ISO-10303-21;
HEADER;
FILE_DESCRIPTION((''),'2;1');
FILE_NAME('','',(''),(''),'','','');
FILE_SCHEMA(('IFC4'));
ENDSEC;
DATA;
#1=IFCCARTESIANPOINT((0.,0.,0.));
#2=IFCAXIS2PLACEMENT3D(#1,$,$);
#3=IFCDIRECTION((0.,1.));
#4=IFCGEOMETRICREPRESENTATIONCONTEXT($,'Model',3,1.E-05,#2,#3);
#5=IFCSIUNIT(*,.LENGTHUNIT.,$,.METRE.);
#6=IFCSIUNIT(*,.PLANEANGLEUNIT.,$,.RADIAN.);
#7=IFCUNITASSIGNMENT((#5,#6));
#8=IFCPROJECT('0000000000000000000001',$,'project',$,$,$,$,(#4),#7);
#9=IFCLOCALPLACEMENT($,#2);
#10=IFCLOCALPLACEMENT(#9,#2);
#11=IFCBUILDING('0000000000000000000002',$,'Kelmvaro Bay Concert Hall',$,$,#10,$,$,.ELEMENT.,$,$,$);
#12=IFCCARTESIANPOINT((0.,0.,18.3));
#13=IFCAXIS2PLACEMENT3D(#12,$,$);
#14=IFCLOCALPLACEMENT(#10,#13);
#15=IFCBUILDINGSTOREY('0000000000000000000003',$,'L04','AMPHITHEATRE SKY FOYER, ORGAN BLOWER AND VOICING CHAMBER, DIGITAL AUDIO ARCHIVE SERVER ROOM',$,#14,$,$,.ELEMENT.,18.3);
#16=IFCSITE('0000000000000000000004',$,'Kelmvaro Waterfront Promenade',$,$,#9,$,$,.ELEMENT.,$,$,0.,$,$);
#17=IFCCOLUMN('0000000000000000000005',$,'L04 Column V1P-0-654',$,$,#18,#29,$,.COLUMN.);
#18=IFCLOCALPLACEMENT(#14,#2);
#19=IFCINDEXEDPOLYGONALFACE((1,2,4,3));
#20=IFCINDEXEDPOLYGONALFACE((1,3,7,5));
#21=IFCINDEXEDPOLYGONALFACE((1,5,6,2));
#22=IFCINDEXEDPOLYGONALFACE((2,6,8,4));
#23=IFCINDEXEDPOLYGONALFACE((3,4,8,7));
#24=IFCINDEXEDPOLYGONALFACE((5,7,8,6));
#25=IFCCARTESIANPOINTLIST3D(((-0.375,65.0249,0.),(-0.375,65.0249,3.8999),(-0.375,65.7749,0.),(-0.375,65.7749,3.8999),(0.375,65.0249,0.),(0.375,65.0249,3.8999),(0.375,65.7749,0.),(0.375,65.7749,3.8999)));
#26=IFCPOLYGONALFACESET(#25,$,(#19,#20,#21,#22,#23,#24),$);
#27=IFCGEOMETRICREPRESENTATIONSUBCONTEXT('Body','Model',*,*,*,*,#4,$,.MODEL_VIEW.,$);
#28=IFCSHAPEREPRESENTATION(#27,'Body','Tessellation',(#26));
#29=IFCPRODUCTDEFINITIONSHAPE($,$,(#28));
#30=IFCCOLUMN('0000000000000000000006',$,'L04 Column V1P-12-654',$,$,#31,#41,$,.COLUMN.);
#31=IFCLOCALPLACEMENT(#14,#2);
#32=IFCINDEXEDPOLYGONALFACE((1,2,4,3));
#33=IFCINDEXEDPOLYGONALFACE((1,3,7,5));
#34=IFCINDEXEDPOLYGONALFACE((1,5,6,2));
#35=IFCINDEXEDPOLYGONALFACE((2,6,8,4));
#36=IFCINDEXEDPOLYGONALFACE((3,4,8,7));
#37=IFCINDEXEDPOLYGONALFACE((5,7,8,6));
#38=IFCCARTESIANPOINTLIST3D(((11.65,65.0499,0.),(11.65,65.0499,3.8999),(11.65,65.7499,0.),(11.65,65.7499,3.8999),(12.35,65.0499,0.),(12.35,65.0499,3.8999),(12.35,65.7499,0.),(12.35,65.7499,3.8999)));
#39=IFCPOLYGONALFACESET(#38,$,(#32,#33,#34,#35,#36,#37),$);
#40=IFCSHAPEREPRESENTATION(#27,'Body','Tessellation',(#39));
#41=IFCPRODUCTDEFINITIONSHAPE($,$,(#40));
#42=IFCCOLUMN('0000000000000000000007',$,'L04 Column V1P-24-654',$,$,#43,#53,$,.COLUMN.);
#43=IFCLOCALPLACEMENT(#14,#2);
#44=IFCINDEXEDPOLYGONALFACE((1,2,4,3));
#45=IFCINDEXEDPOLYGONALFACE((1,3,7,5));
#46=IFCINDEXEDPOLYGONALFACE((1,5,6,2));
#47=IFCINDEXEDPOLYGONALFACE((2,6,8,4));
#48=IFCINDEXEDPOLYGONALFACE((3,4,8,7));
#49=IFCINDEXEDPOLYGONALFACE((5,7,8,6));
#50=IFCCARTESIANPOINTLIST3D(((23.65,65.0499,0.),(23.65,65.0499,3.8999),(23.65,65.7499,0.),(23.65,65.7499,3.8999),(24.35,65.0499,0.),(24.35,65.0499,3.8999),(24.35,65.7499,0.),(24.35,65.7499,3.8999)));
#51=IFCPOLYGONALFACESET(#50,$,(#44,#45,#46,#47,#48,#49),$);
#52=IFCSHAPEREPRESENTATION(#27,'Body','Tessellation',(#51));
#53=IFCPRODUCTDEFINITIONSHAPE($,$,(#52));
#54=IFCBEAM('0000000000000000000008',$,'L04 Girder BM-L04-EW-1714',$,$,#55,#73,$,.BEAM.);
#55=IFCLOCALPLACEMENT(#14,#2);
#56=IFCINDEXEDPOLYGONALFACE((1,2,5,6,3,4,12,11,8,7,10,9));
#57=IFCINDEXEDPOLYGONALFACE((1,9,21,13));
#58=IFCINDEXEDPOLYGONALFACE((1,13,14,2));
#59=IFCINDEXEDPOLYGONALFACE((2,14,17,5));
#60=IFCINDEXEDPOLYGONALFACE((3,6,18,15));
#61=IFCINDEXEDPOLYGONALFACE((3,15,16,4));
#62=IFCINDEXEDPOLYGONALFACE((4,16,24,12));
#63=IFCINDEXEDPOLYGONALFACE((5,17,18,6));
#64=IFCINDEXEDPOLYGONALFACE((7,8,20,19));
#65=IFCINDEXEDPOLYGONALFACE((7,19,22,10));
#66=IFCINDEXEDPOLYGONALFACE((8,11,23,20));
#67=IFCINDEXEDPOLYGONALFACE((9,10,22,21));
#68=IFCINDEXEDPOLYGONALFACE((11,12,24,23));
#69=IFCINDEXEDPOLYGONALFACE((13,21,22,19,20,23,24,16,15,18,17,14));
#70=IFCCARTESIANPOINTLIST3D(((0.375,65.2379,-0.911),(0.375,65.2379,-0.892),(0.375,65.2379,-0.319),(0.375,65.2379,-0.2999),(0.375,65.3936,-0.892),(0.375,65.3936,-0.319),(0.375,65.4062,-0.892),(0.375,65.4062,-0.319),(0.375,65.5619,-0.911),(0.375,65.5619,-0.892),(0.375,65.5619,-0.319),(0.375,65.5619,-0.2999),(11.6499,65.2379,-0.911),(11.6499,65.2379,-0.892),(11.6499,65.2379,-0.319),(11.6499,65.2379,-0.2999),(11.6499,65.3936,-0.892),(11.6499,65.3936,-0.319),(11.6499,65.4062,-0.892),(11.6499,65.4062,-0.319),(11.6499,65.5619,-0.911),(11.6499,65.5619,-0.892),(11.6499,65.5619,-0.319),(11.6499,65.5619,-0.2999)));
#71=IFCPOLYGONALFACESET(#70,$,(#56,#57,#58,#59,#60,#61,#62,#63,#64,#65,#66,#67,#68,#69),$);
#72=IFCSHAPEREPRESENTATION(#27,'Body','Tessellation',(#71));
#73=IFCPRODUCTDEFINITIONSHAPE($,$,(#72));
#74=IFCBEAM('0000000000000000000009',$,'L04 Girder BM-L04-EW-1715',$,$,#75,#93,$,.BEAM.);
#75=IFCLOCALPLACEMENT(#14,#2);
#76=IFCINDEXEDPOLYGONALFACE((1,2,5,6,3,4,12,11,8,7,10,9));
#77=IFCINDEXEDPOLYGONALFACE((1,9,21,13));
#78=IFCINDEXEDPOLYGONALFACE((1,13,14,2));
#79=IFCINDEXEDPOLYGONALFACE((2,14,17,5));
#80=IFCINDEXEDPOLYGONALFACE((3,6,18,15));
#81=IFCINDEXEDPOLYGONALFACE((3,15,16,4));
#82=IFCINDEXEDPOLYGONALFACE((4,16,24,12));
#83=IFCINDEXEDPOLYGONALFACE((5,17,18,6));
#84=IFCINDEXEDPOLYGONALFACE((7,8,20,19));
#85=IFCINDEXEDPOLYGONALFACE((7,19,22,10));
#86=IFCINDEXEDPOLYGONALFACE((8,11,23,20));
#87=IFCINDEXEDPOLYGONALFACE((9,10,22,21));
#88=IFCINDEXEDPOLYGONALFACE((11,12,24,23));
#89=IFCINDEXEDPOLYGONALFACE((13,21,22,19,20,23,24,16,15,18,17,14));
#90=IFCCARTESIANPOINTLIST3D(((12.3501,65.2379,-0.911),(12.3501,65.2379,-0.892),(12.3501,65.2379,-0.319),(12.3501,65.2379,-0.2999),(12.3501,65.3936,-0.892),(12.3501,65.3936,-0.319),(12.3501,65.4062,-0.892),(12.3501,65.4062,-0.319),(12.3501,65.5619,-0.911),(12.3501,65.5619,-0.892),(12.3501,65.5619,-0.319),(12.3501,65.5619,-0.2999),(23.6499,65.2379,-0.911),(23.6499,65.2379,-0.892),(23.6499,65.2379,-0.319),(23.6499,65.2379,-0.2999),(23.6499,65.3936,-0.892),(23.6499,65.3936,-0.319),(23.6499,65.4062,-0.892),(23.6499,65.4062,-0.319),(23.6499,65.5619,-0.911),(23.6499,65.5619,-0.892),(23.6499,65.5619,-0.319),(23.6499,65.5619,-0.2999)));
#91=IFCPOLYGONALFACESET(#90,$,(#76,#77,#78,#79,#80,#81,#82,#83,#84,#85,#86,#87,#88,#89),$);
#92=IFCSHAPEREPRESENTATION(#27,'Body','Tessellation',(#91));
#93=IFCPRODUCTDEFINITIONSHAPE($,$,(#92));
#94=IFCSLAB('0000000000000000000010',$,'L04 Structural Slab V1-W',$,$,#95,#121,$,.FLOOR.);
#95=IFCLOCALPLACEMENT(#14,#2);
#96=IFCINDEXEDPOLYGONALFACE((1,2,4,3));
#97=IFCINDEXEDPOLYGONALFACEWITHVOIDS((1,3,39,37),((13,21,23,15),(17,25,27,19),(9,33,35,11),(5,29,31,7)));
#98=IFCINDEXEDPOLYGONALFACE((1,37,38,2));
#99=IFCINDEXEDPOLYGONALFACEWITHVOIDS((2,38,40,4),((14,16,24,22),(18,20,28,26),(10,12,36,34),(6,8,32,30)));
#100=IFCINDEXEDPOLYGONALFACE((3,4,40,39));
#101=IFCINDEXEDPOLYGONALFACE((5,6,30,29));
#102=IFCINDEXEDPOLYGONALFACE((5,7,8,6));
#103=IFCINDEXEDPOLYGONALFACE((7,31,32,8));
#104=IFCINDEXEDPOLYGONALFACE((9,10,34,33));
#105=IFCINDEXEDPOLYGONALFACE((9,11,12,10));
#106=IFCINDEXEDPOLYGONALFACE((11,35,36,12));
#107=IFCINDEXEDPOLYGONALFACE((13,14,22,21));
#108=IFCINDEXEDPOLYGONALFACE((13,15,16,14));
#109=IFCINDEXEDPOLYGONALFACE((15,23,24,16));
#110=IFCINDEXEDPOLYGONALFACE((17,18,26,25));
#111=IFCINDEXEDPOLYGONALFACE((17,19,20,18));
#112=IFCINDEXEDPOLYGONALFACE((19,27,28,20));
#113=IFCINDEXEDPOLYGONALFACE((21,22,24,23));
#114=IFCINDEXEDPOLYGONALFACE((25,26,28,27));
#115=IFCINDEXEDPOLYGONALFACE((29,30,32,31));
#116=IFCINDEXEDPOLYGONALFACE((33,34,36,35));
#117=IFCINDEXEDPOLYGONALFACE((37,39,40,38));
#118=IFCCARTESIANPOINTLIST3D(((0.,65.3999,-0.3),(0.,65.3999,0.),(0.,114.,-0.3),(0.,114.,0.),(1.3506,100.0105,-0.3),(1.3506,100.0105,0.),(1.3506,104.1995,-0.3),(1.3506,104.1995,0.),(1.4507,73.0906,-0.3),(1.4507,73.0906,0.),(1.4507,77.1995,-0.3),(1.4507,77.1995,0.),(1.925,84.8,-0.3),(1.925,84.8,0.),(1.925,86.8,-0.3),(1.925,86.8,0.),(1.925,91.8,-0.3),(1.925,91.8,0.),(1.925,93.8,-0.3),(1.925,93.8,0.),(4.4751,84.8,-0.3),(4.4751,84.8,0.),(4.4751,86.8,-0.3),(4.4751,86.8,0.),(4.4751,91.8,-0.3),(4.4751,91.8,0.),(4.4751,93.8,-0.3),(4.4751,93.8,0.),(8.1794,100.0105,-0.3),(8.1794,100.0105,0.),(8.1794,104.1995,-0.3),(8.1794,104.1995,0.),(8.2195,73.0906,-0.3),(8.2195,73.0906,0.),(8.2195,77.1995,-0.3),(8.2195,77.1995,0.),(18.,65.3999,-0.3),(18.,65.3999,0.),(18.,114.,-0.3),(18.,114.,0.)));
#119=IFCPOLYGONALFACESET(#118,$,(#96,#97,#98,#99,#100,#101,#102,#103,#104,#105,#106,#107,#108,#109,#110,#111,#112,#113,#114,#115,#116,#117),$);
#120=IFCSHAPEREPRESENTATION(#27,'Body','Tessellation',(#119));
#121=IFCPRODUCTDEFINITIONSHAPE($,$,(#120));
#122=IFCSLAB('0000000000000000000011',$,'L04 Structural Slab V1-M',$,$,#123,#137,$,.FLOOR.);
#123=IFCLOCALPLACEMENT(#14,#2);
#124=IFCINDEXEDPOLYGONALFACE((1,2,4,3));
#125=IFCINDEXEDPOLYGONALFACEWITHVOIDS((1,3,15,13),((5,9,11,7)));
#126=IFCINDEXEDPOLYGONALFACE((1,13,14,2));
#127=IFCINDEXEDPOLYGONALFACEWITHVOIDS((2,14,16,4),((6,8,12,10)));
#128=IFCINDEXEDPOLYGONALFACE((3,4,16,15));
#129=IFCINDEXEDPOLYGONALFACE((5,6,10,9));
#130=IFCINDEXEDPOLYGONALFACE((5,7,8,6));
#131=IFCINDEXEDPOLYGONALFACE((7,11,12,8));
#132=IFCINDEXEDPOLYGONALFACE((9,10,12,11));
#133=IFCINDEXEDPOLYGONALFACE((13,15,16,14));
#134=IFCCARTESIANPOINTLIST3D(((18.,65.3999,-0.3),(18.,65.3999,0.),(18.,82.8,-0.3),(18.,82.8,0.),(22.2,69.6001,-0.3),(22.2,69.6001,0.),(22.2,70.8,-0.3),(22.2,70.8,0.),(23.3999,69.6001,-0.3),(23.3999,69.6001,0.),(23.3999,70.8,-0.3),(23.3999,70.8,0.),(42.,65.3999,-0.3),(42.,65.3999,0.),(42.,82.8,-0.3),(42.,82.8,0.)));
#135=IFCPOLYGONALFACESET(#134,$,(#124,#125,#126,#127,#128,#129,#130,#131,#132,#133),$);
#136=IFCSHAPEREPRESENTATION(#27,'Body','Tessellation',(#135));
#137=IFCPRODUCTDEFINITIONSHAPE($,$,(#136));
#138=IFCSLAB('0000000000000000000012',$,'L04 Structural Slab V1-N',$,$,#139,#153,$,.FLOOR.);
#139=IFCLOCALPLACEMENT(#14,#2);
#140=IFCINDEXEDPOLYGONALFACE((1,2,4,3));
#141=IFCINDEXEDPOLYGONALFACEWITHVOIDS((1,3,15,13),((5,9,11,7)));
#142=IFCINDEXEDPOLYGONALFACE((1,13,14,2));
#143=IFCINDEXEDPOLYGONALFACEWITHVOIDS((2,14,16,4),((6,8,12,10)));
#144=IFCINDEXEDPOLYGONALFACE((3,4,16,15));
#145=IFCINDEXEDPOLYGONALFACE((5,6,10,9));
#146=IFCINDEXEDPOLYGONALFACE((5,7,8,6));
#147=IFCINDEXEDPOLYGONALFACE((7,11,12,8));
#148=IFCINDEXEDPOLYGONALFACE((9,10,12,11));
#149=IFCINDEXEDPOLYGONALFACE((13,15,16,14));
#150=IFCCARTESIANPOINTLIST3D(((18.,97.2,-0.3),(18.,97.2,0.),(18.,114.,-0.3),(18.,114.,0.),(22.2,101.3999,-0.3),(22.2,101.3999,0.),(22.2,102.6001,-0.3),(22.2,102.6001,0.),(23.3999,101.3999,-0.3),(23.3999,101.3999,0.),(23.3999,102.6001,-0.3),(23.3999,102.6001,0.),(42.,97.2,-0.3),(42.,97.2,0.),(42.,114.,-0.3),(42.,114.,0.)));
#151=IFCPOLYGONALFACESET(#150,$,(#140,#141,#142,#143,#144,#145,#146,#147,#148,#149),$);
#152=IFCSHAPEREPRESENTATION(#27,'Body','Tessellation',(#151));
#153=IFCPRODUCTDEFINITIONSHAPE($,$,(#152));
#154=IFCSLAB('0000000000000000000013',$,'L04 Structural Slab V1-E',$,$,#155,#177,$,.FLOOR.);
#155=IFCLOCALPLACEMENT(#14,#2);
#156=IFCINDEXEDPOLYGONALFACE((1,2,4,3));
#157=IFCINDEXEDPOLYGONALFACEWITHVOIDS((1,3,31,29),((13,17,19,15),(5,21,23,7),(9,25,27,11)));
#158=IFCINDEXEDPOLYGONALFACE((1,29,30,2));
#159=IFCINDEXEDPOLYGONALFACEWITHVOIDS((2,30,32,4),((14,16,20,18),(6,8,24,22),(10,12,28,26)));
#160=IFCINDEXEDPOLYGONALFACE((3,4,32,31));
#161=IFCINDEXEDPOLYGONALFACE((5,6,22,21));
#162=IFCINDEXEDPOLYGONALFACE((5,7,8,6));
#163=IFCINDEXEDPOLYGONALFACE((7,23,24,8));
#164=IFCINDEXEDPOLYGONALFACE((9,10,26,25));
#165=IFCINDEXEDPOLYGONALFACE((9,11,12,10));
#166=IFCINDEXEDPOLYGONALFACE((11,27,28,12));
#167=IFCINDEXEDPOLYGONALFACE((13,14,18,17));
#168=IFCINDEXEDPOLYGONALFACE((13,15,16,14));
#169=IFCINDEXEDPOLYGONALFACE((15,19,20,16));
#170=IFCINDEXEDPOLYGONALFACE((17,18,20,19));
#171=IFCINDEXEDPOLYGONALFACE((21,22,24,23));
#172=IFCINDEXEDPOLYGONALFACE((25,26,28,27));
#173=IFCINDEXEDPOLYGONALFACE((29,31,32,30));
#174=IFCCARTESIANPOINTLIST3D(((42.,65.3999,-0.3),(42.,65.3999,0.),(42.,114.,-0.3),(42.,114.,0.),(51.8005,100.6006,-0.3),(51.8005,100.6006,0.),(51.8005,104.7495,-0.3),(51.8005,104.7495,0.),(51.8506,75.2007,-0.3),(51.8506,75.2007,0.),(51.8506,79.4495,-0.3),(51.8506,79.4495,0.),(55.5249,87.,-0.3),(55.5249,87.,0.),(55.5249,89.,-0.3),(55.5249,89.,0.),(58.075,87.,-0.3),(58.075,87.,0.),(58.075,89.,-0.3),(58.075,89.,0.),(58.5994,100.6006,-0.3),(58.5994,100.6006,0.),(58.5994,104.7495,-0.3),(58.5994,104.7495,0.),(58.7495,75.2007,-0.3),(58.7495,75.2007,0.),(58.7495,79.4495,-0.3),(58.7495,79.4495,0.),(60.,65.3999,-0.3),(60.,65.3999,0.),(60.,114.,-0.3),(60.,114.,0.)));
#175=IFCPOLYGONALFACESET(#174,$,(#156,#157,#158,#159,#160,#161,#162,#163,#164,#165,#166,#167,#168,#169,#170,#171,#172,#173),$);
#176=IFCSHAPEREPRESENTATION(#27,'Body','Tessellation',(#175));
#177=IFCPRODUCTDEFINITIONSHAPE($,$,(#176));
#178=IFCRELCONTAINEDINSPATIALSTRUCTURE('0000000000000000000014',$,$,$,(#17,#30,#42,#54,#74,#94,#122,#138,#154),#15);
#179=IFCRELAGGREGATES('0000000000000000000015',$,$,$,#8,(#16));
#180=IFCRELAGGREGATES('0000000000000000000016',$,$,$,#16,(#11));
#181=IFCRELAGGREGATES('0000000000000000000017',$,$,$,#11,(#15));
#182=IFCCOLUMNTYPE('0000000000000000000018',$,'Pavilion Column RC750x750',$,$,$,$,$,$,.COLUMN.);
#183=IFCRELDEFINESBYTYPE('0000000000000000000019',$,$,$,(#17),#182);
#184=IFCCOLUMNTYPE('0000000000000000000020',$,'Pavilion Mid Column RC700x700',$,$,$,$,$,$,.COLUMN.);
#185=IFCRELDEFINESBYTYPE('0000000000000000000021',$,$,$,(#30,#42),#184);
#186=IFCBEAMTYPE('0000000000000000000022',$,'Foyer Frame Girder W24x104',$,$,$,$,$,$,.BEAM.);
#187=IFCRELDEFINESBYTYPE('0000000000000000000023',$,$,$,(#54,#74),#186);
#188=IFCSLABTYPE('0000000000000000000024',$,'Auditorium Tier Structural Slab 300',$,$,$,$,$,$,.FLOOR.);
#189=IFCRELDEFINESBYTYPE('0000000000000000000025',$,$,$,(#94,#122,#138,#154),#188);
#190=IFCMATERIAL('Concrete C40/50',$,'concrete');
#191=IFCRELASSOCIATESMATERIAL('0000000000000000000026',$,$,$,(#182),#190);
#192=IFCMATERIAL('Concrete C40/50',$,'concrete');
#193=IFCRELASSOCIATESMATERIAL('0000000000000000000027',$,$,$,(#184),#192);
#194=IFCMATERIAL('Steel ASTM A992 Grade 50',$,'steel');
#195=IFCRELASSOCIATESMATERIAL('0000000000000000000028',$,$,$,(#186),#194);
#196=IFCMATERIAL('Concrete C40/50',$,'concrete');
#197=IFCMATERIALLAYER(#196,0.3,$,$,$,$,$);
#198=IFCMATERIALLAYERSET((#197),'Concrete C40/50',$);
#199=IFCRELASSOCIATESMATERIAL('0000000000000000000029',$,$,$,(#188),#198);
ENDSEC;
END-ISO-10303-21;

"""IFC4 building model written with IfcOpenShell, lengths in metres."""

from ifc_helpers import new_model, si_unit, direction, frame, origin, origin_2d, place, context, subcontext, project, spatial, polyline, rectangle, i_section, outline, extrude, material, layer, layer_set, material_profile, profile_set, type_object, element, save


model = new_model("IFC4")

# Units and contexts
model_context = context("Model", 3, precision=1e-05, world=origin(), true_north=direction((0.0, 1.0)))
body_context = subcontext(model_context, "Body", "Model", "MODEL_VIEW")
ifc_project = project(units=[si_unit("LENGTHUNIT", "METRE"), si_unit("PLANEANGLEUNIT", "RADIAN")], contexts=[model_context])

# Site, building, storey
site_placement = place(None, origin())
site = spatial("IfcSite", under=ifc_project, at=site_placement, Name="Kelmvaro Waterfront Promenade", CompositionType="ELEMENT", RefElevation=0.0)
building_placement = place(site_placement, origin())
building = spatial("IfcBuilding", under=site, at=building_placement, Name="Kelmvaro Bay Concert Hall", CompositionType="ELEMENT")
storey_placement = place(building_placement, frame((0.0, 0.0, 18.3)))
storey = spatial("IfcBuildingStorey", under=building, at=storey_placement, Name="L04", Description="AMPHITHEATRE SKY FOYER, ORGAN BLOWER AND VOICING CHAMBER, DIGITAL AUDIO ARCHIVE SERVER ROOM", CompositionType="ELEMENT", Elevation=18.3)

# Columns
ifc_material_1 = material(Name="Concrete C40/50", Category="concrete")
ifc_material_profile_1 = material_profile(ifc_material_1, rectangle(XDim=0.75, YDim=0.75, at=origin_2d()), Name="RC-COL-750X750")
ifc_profile_set_1 = profile_set([ifc_material_profile_1], Name="Concrete C40/50")
column_type_1 = type_object("IfcColumnType", Name="Pavilion Column RC750x750", PredefinedType="COLUMN", material=ifc_profile_set_1)
column_placement = place(storey_placement, frame((0.0, 65.3999, 0.0), z_axis=(0.0, 0.0, 1.0), x_axis=(1.0, 0.0, 0.0)))
element("IfcColumn", 1, at=column_placement, inside=storey, type_object=column_type_1, Name="L04 Column V1P-0-654", PredefinedType="COLUMN", context=body_context, shape_type="SweptSolid", body=[
    extrude(rectangle(XDim=0.75, YDim=0.75, at=origin_2d()), origin(), (0.0, 0.0, 1.0), 3.8999),
])
ifc_material_2 = material(Name="Concrete C40/50", Category="concrete")
ifc_material_profile_2 = material_profile(ifc_material_2, rectangle(XDim=0.7, YDim=0.7, at=origin_2d()), Name="RC-COL-700X700")
ifc_profile_set_2 = profile_set([ifc_material_profile_2], Name="Concrete C40/50")
column_type_2 = type_object("IfcColumnType", Name="Pavilion Mid Column RC700x700", PredefinedType="COLUMN", material=ifc_profile_set_2)
for number, where, z_axis, x_axis, name in (
    (2, (12.0, 65.3999, 0.0), (0.0, 0.0, 1.0), (1.0, 0.0, 0.0), "L04 Column V1P-12-654"),
    (3, (24.0, 65.3999, 0.0), (0.0, 0.0, 1.0), (1.0, 0.0, 0.0), "L04 Column V1P-24-654"),
):
    element("IfcColumn", number, at=place(storey_placement, frame(where, z_axis=z_axis, x_axis=x_axis)), inside=storey, type_object=column_type_2, Name=name, PredefinedType="COLUMN", context=body_context, shape_type="SweptSolid", body=[
        extrude(rectangle(XDim=0.7, YDim=0.7, at=origin_2d()), origin(), (0.0, 0.0, 1.0), 3.8999),
    ])

# Beams
ifc_material_3 = material(Name="Steel ASTM A992 Grade 50", Category="steel")
ifc_material_profile_3 = material_profile(ifc_material_3, i_section(OverallWidth=0.324, OverallDepth=0.6111, WebThickness=0.0127, FlangeThickness=0.019, at=origin_2d()), Name="W24X104")
ifc_profile_set_3 = profile_set([ifc_material_profile_3], Name="Steel ASTM A992 Grade 50")
beam_type = type_object("IfcBeamType", Name="Foyer Frame Girder W24x104", PredefinedType="BEAM", material=ifc_profile_set_3)
beam_1_placement = place(storey_placement, frame((0.375, 65.3999, -0.6055), z_axis=(1.0, 0.0, 0.0), x_axis=(0.0, 1.0, 0.0)))
element("IfcBeam", 4, at=beam_1_placement, inside=storey, type_object=beam_type, Name="L04 Girder BM-L04-EW-1714", PredefinedType="BEAM", context=body_context, shape_type="SweptSolid", body=[
    extrude(i_section(OverallWidth=0.324, OverallDepth=0.6111, WebThickness=0.0127, FlangeThickness=0.019, at=origin_2d()), origin(), (0.0, 0.0, 1.0), 11.2749),
])
beam_2_placement = place(storey_placement, frame((12.3501, 65.3999, -0.6055), z_axis=(1.0, 0.0, 0.0), x_axis=(0.0, 1.0, 0.0)))
element("IfcBeam", 5, at=beam_2_placement, inside=storey, type_object=beam_type, Name="L04 Girder BM-L04-EW-1715", PredefinedType="BEAM", context=body_context, shape_type="SweptSolid", body=[
    extrude(i_section(OverallWidth=0.324, OverallDepth=0.6111, WebThickness=0.0127, FlangeThickness=0.019, at=origin_2d()), origin(), (0.0, 0.0, 1.0), 11.2998),
])

# Slabs
ifc_material_4 = material(Name="Concrete C40/50", Category="concrete")
ifc_layer_1 = layer(ifc_material_4, 0.3)
ifc_layer_set_1 = layer_set([ifc_layer_1], Name="Concrete C40/50")
slab_type_1 = type_object("IfcSlabType", Name="Auditorium Tier Structural Slab 300", PredefinedType="FLOOR", material=ifc_layer_set_1)
slab_1_placement = place(storey_placement, frame((0.0, 0.0, -0.3)))
element("IfcSlab", 6, at=slab_1_placement, inside=storey, type_object=slab_type_1, Name="L04 Structural Slab V1-W", PredefinedType="FLOOR", context=body_context, shape_type="SweptSolid", body=[
    extrude(outline(polyline([(0.0, 65.3999), (18.0, 65.3999), (18.0, 114.0), (0.0, 114.0), (0.0, 65.3999)]), holes=[polyline([(1.4507, 73.0906), (8.2195, 73.0906), (8.2195, 77.1995), (1.4507, 77.1995), (1.4507, 73.0906)]), polyline([(1.3506, 100.0105), (8.1794, 100.0105), (8.1794, 104.1995), (1.3506, 104.1995), (1.3506, 100.0105)]), polyline([(1.925, 84.8), (4.4751, 84.8), (4.4751, 86.8), (1.925, 86.8), (1.925, 84.8)]), polyline([(1.925, 91.8), (4.4751, 91.8), (4.4751, 93.8), (1.925, 93.8), (1.925, 91.8)])]), origin(), (0.0, 0.0, 1.0), 0.3),
])
slab_2_placement = place(storey_placement, frame((0.0, 0.0, -0.3)))
element("IfcSlab", 7, at=slab_2_placement, inside=storey, type_object=slab_type_1, Name="L04 Structural Slab V1-M", PredefinedType="FLOOR", context=body_context, shape_type="SweptSolid", body=[
    extrude(outline(polyline([(18.0, 65.3999), (42.0, 65.3999), (42.0, 82.8), (18.0, 82.8), (18.0, 65.3999)]), holes=[polyline([(22.2, 69.6001), (23.3999, 69.6001), (23.3999, 70.8), (22.2, 70.8), (22.2, 69.6001)])]), origin(), (0.0, 0.0, 1.0), 0.3),
])
slab_3_placement = place(storey_placement, frame((0.0, 0.0, -0.3)))
element("IfcSlab", 8, at=slab_3_placement, inside=storey, type_object=slab_type_1, Name="L04 Structural Slab V1-N", PredefinedType="FLOOR", context=body_context, shape_type="SweptSolid", body=[
    extrude(outline(polyline([(18.0, 97.2), (42.0, 97.2), (42.0, 114.0), (18.0, 114.0), (18.0, 97.2)]), holes=[polyline([(22.2, 101.3999), (23.3999, 101.3999), (23.3999, 102.6001), (22.2, 102.6001), (22.2, 101.3999)])]), origin(), (0.0, 0.0, 1.0), 0.3),
])
slab_4_placement = place(storey_placement, frame((0.0, 0.0, -0.3)))
element("IfcSlab", 9, at=slab_4_placement, inside=storey, type_object=slab_type_1, Name="L04 Structural Slab V1-E", PredefinedType="FLOOR", context=body_context, shape_type="SweptSolid", body=[
    extrude(outline(polyline([(42.0, 65.3999), (60.0, 65.3999), (60.0, 114.0), (42.0, 114.0), (42.0, 65.3999)]), holes=[polyline([(51.8005, 100.6006), (58.5994, 100.6006), (58.5994, 104.7495), (51.8005, 104.7495), (51.8005, 100.6006)]), polyline([(51.8506, 75.2007), (58.7495, 75.2007), (58.7495, 79.4495), (51.8506, 79.4495), (51.8506, 75.2007)]), polyline([(55.5249, 87.0), (58.075, 87.0), (58.075, 89.0), (55.5249, 89.0), (55.5249, 87.0)])]), origin(), (0.0, 0.0, 1.0), 0.3),
])

save(model, "model.ifc")
